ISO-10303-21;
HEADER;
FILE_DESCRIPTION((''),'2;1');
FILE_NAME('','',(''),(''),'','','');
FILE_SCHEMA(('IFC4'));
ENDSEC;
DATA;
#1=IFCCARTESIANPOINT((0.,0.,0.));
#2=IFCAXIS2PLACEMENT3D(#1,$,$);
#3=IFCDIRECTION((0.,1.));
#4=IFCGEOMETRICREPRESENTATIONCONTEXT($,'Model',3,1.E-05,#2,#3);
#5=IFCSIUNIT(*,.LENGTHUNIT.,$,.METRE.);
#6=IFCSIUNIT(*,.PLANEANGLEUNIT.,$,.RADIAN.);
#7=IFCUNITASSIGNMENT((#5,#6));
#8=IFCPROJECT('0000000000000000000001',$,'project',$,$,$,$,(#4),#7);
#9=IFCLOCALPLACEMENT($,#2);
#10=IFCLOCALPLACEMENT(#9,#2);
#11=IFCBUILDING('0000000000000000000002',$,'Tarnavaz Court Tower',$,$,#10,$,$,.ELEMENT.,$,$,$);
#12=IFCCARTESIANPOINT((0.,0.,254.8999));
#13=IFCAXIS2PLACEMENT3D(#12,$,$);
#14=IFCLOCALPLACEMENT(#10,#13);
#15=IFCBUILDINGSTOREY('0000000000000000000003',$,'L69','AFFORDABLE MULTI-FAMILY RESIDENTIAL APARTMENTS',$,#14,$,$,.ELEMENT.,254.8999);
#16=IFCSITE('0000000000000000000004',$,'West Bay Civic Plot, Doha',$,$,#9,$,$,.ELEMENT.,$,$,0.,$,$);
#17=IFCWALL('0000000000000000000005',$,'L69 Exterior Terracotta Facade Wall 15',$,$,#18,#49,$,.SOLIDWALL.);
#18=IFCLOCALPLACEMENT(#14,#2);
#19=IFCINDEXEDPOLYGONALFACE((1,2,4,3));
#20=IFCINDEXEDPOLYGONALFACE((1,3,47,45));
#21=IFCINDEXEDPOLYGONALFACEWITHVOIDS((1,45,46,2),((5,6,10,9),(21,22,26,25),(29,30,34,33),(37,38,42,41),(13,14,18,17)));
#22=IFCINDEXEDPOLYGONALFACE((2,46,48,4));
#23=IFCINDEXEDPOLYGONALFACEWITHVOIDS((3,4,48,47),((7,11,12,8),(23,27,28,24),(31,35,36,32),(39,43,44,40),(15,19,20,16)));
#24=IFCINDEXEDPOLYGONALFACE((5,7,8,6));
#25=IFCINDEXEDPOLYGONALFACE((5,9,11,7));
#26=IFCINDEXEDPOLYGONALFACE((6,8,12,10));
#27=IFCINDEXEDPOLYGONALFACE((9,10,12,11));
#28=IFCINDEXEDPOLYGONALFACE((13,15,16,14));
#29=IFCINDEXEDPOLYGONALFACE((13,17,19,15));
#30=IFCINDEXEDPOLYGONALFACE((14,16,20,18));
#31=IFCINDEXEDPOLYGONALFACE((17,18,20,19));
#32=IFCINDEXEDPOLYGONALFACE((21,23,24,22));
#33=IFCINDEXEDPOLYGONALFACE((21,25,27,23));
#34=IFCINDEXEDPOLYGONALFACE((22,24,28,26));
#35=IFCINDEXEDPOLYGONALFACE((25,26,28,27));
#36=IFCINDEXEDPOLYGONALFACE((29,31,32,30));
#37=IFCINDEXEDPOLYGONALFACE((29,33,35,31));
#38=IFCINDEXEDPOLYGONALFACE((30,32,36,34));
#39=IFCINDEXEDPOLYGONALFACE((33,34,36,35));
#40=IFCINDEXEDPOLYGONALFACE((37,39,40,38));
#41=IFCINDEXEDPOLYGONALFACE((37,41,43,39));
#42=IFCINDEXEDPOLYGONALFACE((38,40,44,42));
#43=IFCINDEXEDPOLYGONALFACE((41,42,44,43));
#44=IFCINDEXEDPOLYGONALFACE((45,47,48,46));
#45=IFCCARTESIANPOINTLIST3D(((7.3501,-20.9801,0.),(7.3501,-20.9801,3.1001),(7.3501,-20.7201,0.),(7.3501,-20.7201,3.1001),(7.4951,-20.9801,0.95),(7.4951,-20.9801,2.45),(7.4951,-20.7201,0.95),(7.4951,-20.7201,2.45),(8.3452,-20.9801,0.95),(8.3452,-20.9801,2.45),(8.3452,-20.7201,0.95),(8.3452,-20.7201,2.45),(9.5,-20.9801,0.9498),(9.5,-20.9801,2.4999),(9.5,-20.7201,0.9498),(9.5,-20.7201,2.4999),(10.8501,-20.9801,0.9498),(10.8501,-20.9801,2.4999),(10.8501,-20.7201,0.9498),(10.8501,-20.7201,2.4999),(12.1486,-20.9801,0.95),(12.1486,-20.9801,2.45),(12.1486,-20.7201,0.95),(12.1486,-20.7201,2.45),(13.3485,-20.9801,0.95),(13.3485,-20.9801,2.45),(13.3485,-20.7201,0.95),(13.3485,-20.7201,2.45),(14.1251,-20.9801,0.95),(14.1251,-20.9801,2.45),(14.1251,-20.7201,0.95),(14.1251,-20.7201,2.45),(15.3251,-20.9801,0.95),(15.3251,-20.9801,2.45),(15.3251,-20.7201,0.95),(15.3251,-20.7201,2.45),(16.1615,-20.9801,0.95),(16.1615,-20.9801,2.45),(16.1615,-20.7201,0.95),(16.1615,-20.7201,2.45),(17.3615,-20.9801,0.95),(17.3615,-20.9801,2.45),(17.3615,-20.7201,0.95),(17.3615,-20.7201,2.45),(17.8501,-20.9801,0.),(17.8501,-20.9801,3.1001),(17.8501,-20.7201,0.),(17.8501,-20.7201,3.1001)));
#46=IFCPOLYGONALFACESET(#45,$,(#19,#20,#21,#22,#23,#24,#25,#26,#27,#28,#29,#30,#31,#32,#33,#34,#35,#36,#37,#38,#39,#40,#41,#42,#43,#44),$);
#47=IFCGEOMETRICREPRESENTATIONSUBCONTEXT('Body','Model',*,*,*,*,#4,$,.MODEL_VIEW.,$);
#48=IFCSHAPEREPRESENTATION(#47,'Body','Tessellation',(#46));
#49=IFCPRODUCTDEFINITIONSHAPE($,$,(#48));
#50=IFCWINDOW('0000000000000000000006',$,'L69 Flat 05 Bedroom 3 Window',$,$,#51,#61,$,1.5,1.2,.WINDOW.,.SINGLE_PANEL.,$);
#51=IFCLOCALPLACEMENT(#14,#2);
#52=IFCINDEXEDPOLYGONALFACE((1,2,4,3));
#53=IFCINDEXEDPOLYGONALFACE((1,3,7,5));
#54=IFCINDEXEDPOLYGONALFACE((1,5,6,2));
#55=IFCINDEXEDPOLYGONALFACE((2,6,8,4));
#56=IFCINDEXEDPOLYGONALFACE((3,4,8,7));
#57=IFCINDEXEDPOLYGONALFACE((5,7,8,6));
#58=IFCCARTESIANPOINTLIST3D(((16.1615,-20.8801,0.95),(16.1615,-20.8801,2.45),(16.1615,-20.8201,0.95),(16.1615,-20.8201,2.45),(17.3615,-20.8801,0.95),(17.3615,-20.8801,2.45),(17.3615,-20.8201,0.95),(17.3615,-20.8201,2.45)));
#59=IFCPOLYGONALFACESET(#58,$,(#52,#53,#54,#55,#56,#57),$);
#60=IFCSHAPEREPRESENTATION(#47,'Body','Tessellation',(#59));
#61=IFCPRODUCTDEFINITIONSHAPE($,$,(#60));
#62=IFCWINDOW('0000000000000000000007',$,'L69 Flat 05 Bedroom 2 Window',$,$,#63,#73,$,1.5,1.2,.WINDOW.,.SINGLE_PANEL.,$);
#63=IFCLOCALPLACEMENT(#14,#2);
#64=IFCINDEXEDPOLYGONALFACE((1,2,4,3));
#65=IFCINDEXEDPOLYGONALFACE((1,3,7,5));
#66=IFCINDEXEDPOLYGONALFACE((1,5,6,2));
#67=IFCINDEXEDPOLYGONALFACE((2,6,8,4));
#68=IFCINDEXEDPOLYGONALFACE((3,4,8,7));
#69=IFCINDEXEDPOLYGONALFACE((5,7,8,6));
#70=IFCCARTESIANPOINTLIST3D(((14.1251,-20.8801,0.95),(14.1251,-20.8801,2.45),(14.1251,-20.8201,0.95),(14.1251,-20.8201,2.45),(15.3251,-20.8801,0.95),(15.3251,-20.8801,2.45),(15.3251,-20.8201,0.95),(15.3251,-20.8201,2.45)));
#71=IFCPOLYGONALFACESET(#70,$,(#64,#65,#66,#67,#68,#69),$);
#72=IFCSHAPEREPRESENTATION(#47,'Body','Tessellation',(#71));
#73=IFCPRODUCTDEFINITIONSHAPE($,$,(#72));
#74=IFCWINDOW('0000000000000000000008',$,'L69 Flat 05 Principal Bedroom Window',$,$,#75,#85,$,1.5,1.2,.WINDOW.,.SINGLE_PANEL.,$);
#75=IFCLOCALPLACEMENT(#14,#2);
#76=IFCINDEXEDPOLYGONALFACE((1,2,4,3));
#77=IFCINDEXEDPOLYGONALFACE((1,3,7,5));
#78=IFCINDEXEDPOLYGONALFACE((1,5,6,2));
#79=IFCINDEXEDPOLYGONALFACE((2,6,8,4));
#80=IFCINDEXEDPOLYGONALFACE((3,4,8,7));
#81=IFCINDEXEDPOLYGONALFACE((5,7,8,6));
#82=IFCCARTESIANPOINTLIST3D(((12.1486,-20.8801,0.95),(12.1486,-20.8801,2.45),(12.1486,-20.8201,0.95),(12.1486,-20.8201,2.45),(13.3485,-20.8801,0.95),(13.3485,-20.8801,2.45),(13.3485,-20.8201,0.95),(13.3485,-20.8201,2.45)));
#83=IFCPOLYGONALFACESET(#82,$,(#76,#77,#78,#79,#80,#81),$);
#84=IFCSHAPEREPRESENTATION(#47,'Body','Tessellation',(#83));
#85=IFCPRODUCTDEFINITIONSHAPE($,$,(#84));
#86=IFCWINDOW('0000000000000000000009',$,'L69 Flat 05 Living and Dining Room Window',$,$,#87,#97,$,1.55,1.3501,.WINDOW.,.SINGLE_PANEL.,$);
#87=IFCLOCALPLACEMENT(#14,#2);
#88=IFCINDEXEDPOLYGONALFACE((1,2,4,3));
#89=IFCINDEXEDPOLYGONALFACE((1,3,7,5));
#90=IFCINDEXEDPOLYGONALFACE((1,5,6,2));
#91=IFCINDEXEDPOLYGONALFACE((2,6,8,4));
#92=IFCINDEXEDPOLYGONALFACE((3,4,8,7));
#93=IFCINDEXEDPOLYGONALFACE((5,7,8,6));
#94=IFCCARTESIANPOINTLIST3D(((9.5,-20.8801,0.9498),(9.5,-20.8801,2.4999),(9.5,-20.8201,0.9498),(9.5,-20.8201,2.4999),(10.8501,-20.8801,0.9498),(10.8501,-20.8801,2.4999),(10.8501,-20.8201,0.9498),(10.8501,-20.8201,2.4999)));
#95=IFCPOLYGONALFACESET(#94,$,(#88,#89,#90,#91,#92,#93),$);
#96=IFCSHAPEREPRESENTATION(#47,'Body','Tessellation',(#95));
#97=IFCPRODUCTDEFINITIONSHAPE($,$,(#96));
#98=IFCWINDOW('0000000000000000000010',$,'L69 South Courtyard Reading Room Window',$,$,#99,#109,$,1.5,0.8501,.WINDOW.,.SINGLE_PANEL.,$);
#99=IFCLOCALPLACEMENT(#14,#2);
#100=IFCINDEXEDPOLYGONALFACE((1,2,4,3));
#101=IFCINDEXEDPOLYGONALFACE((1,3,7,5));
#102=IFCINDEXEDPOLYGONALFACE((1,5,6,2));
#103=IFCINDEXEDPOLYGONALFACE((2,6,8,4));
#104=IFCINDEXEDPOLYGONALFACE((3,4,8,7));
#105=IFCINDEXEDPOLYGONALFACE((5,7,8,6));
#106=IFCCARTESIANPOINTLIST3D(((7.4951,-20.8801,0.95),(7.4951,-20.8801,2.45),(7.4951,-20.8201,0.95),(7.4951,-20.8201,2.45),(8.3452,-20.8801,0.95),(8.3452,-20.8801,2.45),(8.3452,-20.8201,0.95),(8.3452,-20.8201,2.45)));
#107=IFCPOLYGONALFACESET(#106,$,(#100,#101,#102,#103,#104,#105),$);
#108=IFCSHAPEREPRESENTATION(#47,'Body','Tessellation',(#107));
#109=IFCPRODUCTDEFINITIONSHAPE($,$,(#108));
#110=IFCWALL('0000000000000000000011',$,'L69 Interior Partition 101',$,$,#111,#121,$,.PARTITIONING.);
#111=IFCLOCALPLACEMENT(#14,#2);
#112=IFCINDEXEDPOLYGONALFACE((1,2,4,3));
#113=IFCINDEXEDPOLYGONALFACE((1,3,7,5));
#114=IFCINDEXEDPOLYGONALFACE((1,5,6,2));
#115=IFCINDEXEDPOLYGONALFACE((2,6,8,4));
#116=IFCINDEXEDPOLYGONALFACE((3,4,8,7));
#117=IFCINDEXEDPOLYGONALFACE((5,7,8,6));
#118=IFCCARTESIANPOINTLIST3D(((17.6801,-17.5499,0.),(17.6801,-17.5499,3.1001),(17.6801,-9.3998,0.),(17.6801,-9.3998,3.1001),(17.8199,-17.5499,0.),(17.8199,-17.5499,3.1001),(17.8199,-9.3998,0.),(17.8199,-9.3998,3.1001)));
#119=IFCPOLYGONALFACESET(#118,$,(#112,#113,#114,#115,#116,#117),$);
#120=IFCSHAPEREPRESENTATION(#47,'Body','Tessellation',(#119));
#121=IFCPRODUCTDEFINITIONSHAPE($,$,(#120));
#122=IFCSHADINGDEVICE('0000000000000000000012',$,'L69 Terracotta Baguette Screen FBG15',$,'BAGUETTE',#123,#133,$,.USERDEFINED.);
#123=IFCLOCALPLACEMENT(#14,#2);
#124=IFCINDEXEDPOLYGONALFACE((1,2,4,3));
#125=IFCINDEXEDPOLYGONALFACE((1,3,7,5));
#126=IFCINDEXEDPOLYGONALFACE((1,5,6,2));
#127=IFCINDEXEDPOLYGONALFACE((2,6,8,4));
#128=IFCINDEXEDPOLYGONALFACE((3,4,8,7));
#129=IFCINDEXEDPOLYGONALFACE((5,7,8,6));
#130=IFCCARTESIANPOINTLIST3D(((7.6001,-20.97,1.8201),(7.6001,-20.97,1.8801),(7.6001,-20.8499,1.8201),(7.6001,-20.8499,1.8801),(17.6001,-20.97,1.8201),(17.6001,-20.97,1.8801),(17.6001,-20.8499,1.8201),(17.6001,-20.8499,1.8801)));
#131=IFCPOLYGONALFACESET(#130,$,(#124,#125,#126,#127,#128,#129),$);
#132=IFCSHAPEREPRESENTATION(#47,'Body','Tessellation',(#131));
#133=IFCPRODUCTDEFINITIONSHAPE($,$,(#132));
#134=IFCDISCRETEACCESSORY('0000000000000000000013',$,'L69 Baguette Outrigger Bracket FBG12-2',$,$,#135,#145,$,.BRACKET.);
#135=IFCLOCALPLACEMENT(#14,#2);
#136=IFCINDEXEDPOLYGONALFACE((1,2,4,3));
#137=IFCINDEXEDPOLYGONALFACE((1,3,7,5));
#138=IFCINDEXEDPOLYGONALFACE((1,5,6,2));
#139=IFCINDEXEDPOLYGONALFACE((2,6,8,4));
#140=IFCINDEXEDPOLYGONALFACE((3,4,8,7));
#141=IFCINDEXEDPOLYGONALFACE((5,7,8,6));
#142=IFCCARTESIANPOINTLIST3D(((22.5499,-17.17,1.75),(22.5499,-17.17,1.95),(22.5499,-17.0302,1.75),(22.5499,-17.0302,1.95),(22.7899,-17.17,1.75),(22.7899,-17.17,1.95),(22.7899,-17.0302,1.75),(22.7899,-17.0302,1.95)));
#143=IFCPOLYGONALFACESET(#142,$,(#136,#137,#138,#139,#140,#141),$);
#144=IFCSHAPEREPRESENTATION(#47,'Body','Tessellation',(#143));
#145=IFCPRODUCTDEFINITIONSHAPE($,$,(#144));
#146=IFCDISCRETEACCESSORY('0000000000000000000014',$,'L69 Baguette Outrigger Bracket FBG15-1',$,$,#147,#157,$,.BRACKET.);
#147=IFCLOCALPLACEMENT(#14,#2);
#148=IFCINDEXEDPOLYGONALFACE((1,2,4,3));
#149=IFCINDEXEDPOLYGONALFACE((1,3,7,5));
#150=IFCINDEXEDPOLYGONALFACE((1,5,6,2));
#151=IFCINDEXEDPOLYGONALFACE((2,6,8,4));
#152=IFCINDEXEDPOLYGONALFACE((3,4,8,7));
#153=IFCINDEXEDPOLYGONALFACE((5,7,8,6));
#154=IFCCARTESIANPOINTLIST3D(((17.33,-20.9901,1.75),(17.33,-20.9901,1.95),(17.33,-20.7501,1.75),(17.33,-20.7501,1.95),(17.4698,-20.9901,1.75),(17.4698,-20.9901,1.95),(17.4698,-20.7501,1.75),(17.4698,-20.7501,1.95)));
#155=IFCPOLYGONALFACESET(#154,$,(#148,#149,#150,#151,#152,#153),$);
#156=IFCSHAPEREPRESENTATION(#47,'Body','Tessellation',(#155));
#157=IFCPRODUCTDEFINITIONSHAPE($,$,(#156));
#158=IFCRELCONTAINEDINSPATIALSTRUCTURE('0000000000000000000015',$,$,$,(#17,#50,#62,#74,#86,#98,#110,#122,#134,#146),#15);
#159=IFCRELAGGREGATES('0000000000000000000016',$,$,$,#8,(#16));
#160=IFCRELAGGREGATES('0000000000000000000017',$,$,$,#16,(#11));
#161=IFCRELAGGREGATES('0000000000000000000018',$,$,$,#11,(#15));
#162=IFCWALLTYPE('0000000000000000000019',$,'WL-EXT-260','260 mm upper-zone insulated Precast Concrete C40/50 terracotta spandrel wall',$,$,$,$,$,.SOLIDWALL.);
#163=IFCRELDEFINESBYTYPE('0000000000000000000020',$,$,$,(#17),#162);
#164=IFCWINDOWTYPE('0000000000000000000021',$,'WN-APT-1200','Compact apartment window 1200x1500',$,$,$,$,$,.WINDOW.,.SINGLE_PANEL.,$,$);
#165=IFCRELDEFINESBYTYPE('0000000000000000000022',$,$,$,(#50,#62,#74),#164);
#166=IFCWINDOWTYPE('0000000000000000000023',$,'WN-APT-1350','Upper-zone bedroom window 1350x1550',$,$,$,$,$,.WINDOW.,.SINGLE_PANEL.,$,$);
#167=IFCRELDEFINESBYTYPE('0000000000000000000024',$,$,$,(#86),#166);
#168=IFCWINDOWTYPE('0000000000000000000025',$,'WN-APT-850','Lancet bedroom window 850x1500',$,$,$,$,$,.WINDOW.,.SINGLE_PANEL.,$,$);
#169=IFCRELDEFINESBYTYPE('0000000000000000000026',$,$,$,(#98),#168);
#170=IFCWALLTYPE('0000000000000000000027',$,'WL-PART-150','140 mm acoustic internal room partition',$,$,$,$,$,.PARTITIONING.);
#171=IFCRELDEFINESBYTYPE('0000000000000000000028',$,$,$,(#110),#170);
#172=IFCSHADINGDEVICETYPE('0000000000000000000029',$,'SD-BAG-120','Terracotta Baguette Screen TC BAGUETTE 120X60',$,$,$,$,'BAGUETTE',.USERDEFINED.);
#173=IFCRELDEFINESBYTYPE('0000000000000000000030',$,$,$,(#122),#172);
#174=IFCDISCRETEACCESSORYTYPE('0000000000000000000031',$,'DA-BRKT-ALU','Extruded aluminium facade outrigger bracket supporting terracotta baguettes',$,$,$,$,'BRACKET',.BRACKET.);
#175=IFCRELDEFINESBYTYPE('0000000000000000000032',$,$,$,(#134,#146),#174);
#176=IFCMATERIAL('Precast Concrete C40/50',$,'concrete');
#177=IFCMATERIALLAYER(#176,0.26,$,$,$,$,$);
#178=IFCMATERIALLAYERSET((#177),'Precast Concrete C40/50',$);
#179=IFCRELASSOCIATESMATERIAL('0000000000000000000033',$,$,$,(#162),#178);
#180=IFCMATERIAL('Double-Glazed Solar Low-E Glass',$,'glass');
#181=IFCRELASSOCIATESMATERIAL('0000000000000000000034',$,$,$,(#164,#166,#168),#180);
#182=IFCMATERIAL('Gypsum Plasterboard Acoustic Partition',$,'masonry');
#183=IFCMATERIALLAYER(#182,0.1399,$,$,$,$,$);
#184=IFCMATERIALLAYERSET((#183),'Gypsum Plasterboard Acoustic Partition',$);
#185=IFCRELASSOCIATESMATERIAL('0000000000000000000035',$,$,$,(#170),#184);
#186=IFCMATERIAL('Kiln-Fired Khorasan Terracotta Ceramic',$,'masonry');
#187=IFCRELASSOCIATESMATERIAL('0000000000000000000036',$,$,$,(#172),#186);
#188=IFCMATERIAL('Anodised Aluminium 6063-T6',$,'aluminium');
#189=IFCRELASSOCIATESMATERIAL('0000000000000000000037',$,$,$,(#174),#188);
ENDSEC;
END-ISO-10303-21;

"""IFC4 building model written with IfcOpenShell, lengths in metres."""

from ifc_helpers import new_model, si_unit, direction, frame, frame_2d, origin, origin_2d, place, context, subcontext, project, spatial, rectangle, extrude, material, layer, layer_set, material_profile, profile_set, type_object, element, fill, save


model = new_model("IFC4")

# Units and contexts
model_context = context("Model", 3, precision=1e-05, world=origin(), true_north=direction((0.0, 1.0)))
body_context = subcontext(model_context, "Body", "Model", "MODEL_VIEW")
ifc_project = project(units=[si_unit("LENGTHUNIT", "METRE"), si_unit("PLANEANGLEUNIT", "RADIAN")], contexts=[model_context])

# Site, building, storey
site_placement = place(None, origin())
site = spatial("IfcSite", under=ifc_project, at=site_placement, Name="West Bay Civic Plot, Doha", CompositionType="ELEMENT", RefElevation=0.0)
building_placement = place(site_placement, origin())
building = spatial("IfcBuilding", under=site, at=building_placement, Name="Tarnavaz Court Tower", CompositionType="ELEMENT")
storey_placement = place(building_placement, frame((0.0, 0.0, 254.8999)))
storey = spatial("IfcBuildingStorey", under=building, at=storey_placement, Name="L69", Description="AFFORDABLE MULTI-FAMILY RESIDENTIAL APARTMENTS", CompositionType="ELEMENT", Elevation=254.8999)

# Shared definitions
ifc_material_1 = material(Name="Precast Concrete C40/50", Category="concrete")
ifc_layer_1 = layer(ifc_material_1, 0.26)
ifc_layer_set_1 = layer_set([ifc_layer_1], Name="Precast Concrete C40/50")
wall_type_1 = type_object("IfcWallType", Name="WL-EXT-260", Description="260 mm upper-zone insulated Precast Concrete C40/50 terracotta spandrel wall", PredefinedType="SOLIDWALL", material=ifc_layer_set_1)
ifc_material_2 = material(Name="Double-Glazed Solar Low-E Glass", Category="glass")

# Wall, openings, windows
wall_1_placement = place(storey_placement, frame((17.8501, -20.8501, 0.0), z_axis=(0.0, 0.0, 1.0), x_axis=(-1.0, 0.0, 0.0)))
wall_1 = element("IfcWall", 1, at=wall_1_placement, inside=storey, type_object=wall_type_1, Name="L69 Exterior Terracotta Facade Wall 15", PredefinedType="SOLIDWALL", context=body_context, shape_type="SweptSolid", body=[
    extrude(rectangle(XDim=10.5, YDim=0.26, at=frame_2d((5.25, 0.0))), origin(), (0.0, 0.0, 1.0), 3.1001),
])
opening_1_placement = place(wall_1_placement, frame((0.4885, 0.0, 0.95)))
opening_1 = element("IfcOpeningElement", 2, at=opening_1_placement, cuts=wall_1, PredefinedType="OPENING", context=body_context, shape_type="SweptSolid", body=[
    extrude(rectangle(XDim=1.2, YDim=1.5, at=frame_2d((0.6001, 0.75))), frame((0.0, 0.1399, 0.0), z_axis=(0.0, -1.0, 0.0), x_axis=(1.0, 0.0, 0.0)), (0.0, 0.0, 1.0), 0.28),
])
opening_2_placement = place(wall_1_placement, frame((2.5249, 0.0, 0.95)))
opening_2 = element("IfcOpeningElement", 3, at=opening_2_placement, cuts=wall_1, PredefinedType="OPENING", context=body_context, shape_type="SweptSolid", body=[
    extrude(rectangle(XDim=1.2, YDim=1.5, at=frame_2d((0.6001, 0.75))), frame((0.0, 0.1399, 0.0), z_axis=(0.0, -1.0, 0.0), x_axis=(1.0, 0.0, 0.0)), (0.0, 0.0, 1.0), 0.28),
])
opening_3_placement = place(wall_1_placement, frame((4.5015, 0.0, 0.95)))
opening_3 = element("IfcOpeningElement", 4, at=opening_3_placement, cuts=wall_1, PredefinedType="OPENING", context=body_context, shape_type="SweptSolid", body=[
    extrude(rectangle(XDim=1.2, YDim=1.5, at=frame_2d((0.6001, 0.75))), frame((0.0, 0.1399, 0.0), z_axis=(0.0, -1.0, 0.0), x_axis=(1.0, 0.0, 0.0)), (0.0, 0.0, 1.0), 0.28),
])
opening_4_placement = place(wall_1_placement, frame((7.0, 0.0, 0.95)))
opening_4 = element("IfcOpeningElement", 5, at=opening_4_placement, cuts=wall_1, PredefinedType="OPENING", context=body_context, shape_type="SweptSolid", body=[
    extrude(rectangle(XDim=1.3501, YDim=1.55, at=frame_2d((0.675, 0.7749))), frame((0.0, 0.1399, 0.0), z_axis=(0.0, -1.0, 0.0), x_axis=(1.0, 0.0, 0.0)), (0.0, 0.0, 1.0), 0.28),
])
opening_5_placement = place(wall_1_placement, frame((9.5049, 0.0, 0.95)))
opening_5 = element("IfcOpeningElement", 6, at=opening_5_placement, cuts=wall_1, PredefinedType="OPENING", context=body_context, shape_type="SweptSolid", body=[
    extrude(rectangle(XDim=0.8501, YDim=1.5, at=frame_2d((0.425, 0.75))), frame((0.0, 0.1399, 0.0), z_axis=(0.0, -1.0, 0.0), x_axis=(1.0, 0.0, 0.0)), (0.0, 0.0, 1.0), 0.28),
])
window_type_1 = type_object("IfcWindowType", Name="WN-APT-1200", Description="Compact apartment window 1200x1500", PartitioningType="SINGLE_PANEL", PredefinedType="WINDOW", material=ifc_material_2)
window_1_placement = place(opening_1_placement, origin())
window_1 = element("IfcWindow", 7, at=window_1_placement, inside=storey, type_object=window_type_1, Name="L69 Flat 05 Bedroom 3 Window", OverallHeight=1.5, OverallWidth=1.2, PartitioningType="SINGLE_PANEL", PredefinedType="WINDOW", context=body_context, shape_type="SweptSolid", body=[
    extrude(rectangle(XDim=1.2, YDim=1.5, at=frame_2d((0.6001, 0.75))), frame((0.0, 0.03, 0.0), z_axis=(0.0, -1.0, 0.0), x_axis=(1.0, 0.0, 0.0)), (0.0, 0.0, 1.0), 0.0601),
])
fill(opening_1, window_1)
window_2_placement = place(opening_2_placement, origin())
window_2 = element("IfcWindow", 8, at=window_2_placement, inside=storey, type_object=window_type_1, Name="L69 Flat 05 Bedroom 2 Window", OverallHeight=1.5, OverallWidth=1.2, PartitioningType="SINGLE_PANEL", PredefinedType="WINDOW", context=body_context, shape_type="SweptSolid", body=[
    extrude(rectangle(XDim=1.2, YDim=1.5, at=frame_2d((0.6001, 0.75))), frame((0.0, 0.03, 0.0), z_axis=(0.0, -1.0, 0.0), x_axis=(1.0, 0.0, 0.0)), (0.0, 0.0, 1.0), 0.0601),
])
fill(opening_2, window_2)
window_3_placement = place(opening_3_placement, origin())
window_3 = element("IfcWindow", 9, at=window_3_placement, inside=storey, type_object=window_type_1, Name="L69 Flat 05 Principal Bedroom Window", OverallHeight=1.5, OverallWidth=1.2, PartitioningType="SINGLE_PANEL", PredefinedType="WINDOW", context=body_context, shape_type="SweptSolid", body=[
    extrude(rectangle(XDim=1.2, YDim=1.5, at=frame_2d((0.6001, 0.75))), frame((0.0, 0.03, 0.0), z_axis=(0.0, -1.0, 0.0), x_axis=(1.0, 0.0, 0.0)), (0.0, 0.0, 1.0), 0.0601),
])
fill(opening_3, window_3)
window_type_2 = type_object("IfcWindowType", Name="WN-APT-1350", Description="Upper-zone bedroom window 1350x1550", PartitioningType="SINGLE_PANEL", PredefinedType="WINDOW", material=ifc_material_2)
window_4_placement = place(opening_4_placement, origin())
window_4 = element("IfcWindow", 10, at=window_4_placement, inside=storey, type_object=window_type_2, Name="L69 Flat 05 Living and Dining Room Window", OverallHeight=1.55, OverallWidth=1.3501, PartitioningType="SINGLE_PANEL", PredefinedType="WINDOW", context=body_context, shape_type="SweptSolid", body=[
    extrude(rectangle(XDim=1.3501, YDim=1.55, at=frame_2d((0.675, 0.7749))), frame((0.0, 0.03, 0.0), z_axis=(0.0, -1.0, 0.0), x_axis=(1.0, 0.0, 0.0)), (0.0, 0.0, 1.0), 0.0601),
])
fill(opening_4, window_4)
window_type_3 = type_object("IfcWindowType", Name="WN-APT-850", Description="Lancet bedroom window 850x1500", PartitioningType="SINGLE_PANEL", PredefinedType="WINDOW", material=ifc_material_2)
window_5_placement = place(opening_5_placement, origin())
window_5 = element("IfcWindow", 11, at=window_5_placement, inside=storey, type_object=window_type_3, Name="L69 South Courtyard Reading Room Window", OverallHeight=1.5, OverallWidth=0.8501, PartitioningType="SINGLE_PANEL", PredefinedType="WINDOW", context=body_context, shape_type="SweptSolid", body=[
    extrude(rectangle(XDim=0.8501, YDim=1.5, at=frame_2d((0.425, 0.75))), frame((0.0, 0.03, 0.0), z_axis=(0.0, -1.0, 0.0), x_axis=(1.0, 0.0, 0.0)), (0.0, 0.0, 1.0), 0.0601),
])
fill(opening_5, window_5)

# Wall
ifc_material_3 = material(Name="Gypsum Plasterboard Acoustic Partition", Category="masonry")
ifc_layer_2 = layer(ifc_material_3, 0.1399)
ifc_layer_set_2 = layer_set([ifc_layer_2], Name="Gypsum Plasterboard Acoustic Partition")
wall_type_2 = type_object("IfcWallType", Name="WL-PART-150", Description="140 mm acoustic internal room partition", PredefinedType="PARTITIONING", material=ifc_layer_set_2)
wall_2_placement = place(storey_placement, frame((17.75, -17.55, 0.0), z_axis=(0.0, 0.0, 1.0), x_axis=(0.0, 1.0, 0.0)))
element("IfcWall", 12, at=wall_2_placement, inside=storey, type_object=wall_type_2, Name="L69 Interior Partition 101", PredefinedType="PARTITIONING", context=body_context, shape_type="SweptSolid", body=[
    extrude(rectangle(XDim=8.1501, YDim=0.1399, at=frame_2d((4.0752, 0.0))), origin(), (0.0, 0.0, 1.0), 3.1001),
])

# Shading device
ifc_material_4 = material(Name="Kiln-Fired Khorasan Terracotta Ceramic", Category="masonry")
ifc_material_profile_1 = material_profile(ifc_material_4, rectangle(XDim=0.1201, YDim=0.0601, at=origin_2d()), Name="TC BAGUETTE 120X60")
ifc_profile_set_1 = profile_set([ifc_material_profile_1], Name="Kiln-Fired Khorasan Terracotta Ceramic")
shading_device_type = type_object("IfcShadingDeviceType", Name="SD-BAG-120", Description="Terracotta Baguette Screen TC BAGUETTE 120X60", ElementType="BAGUETTE", PredefinedType="USERDEFINED", material=ifc_profile_set_1)
shading_device_placement = place(storey_placement, frame((17.6001, -20.9099, 1.8501), z_axis=(-1.0, 0.0, 0.0), x_axis=(0.0, -1.0, 0.0)))
element("IfcShadingDevice", 13, at=shading_device_placement, inside=storey, type_object=shading_device_type, Name="L69 Terracotta Baguette Screen FBG15", ObjectType="BAGUETTE", PredefinedType="USERDEFINED", context=body_context, shape_type="SweptSolid", body=[
    extrude(rectangle(XDim=0.1201, YDim=0.0601, at=origin_2d()), origin(), (0.0, 0.0, 1.0), 10.0),
])

# Discrete accessories
ifc_material_5 = material(Name="Anodised Aluminium 6063-T6", Category="aluminium")
discrete_accessory_type = type_object("IfcDiscreteAccessoryType", Name="DA-BRKT-ALU", Description="Extruded aluminium facade outrigger bracket supporting terracotta baguettes", ElementType="BRACKET", PredefinedType="BRACKET", material=ifc_material_5)
for number, where, z_axis, x_axis, name in (
    (14, (22.6699, -17.1001, 1.75), (0.0, 0.0, 1.0), (0.0, -1.0, 0.0), "L69 Baguette Outrigger Bracket FBG12-2"),
    (15, (17.3999, -20.8701, 1.75), (0.0, 0.0, 1.0), (-1.0, 0.0, 0.0), "L69 Baguette Outrigger Bracket FBG15-1"),
):
    element("IfcDiscreteAccessory", number, at=place(storey_placement, frame(where, z_axis=z_axis, x_axis=x_axis)), inside=storey, type_object=discrete_accessory_type, Name=name, PredefinedType="BRACKET", context=body_context, shape_type="SweptSolid", body=[
        extrude(rectangle(XDim=0.1399, YDim=0.24, at=origin_2d()), origin(), (0.0, 0.0, 1.0), 0.2),
    ])

save(model, "model.ifc")
